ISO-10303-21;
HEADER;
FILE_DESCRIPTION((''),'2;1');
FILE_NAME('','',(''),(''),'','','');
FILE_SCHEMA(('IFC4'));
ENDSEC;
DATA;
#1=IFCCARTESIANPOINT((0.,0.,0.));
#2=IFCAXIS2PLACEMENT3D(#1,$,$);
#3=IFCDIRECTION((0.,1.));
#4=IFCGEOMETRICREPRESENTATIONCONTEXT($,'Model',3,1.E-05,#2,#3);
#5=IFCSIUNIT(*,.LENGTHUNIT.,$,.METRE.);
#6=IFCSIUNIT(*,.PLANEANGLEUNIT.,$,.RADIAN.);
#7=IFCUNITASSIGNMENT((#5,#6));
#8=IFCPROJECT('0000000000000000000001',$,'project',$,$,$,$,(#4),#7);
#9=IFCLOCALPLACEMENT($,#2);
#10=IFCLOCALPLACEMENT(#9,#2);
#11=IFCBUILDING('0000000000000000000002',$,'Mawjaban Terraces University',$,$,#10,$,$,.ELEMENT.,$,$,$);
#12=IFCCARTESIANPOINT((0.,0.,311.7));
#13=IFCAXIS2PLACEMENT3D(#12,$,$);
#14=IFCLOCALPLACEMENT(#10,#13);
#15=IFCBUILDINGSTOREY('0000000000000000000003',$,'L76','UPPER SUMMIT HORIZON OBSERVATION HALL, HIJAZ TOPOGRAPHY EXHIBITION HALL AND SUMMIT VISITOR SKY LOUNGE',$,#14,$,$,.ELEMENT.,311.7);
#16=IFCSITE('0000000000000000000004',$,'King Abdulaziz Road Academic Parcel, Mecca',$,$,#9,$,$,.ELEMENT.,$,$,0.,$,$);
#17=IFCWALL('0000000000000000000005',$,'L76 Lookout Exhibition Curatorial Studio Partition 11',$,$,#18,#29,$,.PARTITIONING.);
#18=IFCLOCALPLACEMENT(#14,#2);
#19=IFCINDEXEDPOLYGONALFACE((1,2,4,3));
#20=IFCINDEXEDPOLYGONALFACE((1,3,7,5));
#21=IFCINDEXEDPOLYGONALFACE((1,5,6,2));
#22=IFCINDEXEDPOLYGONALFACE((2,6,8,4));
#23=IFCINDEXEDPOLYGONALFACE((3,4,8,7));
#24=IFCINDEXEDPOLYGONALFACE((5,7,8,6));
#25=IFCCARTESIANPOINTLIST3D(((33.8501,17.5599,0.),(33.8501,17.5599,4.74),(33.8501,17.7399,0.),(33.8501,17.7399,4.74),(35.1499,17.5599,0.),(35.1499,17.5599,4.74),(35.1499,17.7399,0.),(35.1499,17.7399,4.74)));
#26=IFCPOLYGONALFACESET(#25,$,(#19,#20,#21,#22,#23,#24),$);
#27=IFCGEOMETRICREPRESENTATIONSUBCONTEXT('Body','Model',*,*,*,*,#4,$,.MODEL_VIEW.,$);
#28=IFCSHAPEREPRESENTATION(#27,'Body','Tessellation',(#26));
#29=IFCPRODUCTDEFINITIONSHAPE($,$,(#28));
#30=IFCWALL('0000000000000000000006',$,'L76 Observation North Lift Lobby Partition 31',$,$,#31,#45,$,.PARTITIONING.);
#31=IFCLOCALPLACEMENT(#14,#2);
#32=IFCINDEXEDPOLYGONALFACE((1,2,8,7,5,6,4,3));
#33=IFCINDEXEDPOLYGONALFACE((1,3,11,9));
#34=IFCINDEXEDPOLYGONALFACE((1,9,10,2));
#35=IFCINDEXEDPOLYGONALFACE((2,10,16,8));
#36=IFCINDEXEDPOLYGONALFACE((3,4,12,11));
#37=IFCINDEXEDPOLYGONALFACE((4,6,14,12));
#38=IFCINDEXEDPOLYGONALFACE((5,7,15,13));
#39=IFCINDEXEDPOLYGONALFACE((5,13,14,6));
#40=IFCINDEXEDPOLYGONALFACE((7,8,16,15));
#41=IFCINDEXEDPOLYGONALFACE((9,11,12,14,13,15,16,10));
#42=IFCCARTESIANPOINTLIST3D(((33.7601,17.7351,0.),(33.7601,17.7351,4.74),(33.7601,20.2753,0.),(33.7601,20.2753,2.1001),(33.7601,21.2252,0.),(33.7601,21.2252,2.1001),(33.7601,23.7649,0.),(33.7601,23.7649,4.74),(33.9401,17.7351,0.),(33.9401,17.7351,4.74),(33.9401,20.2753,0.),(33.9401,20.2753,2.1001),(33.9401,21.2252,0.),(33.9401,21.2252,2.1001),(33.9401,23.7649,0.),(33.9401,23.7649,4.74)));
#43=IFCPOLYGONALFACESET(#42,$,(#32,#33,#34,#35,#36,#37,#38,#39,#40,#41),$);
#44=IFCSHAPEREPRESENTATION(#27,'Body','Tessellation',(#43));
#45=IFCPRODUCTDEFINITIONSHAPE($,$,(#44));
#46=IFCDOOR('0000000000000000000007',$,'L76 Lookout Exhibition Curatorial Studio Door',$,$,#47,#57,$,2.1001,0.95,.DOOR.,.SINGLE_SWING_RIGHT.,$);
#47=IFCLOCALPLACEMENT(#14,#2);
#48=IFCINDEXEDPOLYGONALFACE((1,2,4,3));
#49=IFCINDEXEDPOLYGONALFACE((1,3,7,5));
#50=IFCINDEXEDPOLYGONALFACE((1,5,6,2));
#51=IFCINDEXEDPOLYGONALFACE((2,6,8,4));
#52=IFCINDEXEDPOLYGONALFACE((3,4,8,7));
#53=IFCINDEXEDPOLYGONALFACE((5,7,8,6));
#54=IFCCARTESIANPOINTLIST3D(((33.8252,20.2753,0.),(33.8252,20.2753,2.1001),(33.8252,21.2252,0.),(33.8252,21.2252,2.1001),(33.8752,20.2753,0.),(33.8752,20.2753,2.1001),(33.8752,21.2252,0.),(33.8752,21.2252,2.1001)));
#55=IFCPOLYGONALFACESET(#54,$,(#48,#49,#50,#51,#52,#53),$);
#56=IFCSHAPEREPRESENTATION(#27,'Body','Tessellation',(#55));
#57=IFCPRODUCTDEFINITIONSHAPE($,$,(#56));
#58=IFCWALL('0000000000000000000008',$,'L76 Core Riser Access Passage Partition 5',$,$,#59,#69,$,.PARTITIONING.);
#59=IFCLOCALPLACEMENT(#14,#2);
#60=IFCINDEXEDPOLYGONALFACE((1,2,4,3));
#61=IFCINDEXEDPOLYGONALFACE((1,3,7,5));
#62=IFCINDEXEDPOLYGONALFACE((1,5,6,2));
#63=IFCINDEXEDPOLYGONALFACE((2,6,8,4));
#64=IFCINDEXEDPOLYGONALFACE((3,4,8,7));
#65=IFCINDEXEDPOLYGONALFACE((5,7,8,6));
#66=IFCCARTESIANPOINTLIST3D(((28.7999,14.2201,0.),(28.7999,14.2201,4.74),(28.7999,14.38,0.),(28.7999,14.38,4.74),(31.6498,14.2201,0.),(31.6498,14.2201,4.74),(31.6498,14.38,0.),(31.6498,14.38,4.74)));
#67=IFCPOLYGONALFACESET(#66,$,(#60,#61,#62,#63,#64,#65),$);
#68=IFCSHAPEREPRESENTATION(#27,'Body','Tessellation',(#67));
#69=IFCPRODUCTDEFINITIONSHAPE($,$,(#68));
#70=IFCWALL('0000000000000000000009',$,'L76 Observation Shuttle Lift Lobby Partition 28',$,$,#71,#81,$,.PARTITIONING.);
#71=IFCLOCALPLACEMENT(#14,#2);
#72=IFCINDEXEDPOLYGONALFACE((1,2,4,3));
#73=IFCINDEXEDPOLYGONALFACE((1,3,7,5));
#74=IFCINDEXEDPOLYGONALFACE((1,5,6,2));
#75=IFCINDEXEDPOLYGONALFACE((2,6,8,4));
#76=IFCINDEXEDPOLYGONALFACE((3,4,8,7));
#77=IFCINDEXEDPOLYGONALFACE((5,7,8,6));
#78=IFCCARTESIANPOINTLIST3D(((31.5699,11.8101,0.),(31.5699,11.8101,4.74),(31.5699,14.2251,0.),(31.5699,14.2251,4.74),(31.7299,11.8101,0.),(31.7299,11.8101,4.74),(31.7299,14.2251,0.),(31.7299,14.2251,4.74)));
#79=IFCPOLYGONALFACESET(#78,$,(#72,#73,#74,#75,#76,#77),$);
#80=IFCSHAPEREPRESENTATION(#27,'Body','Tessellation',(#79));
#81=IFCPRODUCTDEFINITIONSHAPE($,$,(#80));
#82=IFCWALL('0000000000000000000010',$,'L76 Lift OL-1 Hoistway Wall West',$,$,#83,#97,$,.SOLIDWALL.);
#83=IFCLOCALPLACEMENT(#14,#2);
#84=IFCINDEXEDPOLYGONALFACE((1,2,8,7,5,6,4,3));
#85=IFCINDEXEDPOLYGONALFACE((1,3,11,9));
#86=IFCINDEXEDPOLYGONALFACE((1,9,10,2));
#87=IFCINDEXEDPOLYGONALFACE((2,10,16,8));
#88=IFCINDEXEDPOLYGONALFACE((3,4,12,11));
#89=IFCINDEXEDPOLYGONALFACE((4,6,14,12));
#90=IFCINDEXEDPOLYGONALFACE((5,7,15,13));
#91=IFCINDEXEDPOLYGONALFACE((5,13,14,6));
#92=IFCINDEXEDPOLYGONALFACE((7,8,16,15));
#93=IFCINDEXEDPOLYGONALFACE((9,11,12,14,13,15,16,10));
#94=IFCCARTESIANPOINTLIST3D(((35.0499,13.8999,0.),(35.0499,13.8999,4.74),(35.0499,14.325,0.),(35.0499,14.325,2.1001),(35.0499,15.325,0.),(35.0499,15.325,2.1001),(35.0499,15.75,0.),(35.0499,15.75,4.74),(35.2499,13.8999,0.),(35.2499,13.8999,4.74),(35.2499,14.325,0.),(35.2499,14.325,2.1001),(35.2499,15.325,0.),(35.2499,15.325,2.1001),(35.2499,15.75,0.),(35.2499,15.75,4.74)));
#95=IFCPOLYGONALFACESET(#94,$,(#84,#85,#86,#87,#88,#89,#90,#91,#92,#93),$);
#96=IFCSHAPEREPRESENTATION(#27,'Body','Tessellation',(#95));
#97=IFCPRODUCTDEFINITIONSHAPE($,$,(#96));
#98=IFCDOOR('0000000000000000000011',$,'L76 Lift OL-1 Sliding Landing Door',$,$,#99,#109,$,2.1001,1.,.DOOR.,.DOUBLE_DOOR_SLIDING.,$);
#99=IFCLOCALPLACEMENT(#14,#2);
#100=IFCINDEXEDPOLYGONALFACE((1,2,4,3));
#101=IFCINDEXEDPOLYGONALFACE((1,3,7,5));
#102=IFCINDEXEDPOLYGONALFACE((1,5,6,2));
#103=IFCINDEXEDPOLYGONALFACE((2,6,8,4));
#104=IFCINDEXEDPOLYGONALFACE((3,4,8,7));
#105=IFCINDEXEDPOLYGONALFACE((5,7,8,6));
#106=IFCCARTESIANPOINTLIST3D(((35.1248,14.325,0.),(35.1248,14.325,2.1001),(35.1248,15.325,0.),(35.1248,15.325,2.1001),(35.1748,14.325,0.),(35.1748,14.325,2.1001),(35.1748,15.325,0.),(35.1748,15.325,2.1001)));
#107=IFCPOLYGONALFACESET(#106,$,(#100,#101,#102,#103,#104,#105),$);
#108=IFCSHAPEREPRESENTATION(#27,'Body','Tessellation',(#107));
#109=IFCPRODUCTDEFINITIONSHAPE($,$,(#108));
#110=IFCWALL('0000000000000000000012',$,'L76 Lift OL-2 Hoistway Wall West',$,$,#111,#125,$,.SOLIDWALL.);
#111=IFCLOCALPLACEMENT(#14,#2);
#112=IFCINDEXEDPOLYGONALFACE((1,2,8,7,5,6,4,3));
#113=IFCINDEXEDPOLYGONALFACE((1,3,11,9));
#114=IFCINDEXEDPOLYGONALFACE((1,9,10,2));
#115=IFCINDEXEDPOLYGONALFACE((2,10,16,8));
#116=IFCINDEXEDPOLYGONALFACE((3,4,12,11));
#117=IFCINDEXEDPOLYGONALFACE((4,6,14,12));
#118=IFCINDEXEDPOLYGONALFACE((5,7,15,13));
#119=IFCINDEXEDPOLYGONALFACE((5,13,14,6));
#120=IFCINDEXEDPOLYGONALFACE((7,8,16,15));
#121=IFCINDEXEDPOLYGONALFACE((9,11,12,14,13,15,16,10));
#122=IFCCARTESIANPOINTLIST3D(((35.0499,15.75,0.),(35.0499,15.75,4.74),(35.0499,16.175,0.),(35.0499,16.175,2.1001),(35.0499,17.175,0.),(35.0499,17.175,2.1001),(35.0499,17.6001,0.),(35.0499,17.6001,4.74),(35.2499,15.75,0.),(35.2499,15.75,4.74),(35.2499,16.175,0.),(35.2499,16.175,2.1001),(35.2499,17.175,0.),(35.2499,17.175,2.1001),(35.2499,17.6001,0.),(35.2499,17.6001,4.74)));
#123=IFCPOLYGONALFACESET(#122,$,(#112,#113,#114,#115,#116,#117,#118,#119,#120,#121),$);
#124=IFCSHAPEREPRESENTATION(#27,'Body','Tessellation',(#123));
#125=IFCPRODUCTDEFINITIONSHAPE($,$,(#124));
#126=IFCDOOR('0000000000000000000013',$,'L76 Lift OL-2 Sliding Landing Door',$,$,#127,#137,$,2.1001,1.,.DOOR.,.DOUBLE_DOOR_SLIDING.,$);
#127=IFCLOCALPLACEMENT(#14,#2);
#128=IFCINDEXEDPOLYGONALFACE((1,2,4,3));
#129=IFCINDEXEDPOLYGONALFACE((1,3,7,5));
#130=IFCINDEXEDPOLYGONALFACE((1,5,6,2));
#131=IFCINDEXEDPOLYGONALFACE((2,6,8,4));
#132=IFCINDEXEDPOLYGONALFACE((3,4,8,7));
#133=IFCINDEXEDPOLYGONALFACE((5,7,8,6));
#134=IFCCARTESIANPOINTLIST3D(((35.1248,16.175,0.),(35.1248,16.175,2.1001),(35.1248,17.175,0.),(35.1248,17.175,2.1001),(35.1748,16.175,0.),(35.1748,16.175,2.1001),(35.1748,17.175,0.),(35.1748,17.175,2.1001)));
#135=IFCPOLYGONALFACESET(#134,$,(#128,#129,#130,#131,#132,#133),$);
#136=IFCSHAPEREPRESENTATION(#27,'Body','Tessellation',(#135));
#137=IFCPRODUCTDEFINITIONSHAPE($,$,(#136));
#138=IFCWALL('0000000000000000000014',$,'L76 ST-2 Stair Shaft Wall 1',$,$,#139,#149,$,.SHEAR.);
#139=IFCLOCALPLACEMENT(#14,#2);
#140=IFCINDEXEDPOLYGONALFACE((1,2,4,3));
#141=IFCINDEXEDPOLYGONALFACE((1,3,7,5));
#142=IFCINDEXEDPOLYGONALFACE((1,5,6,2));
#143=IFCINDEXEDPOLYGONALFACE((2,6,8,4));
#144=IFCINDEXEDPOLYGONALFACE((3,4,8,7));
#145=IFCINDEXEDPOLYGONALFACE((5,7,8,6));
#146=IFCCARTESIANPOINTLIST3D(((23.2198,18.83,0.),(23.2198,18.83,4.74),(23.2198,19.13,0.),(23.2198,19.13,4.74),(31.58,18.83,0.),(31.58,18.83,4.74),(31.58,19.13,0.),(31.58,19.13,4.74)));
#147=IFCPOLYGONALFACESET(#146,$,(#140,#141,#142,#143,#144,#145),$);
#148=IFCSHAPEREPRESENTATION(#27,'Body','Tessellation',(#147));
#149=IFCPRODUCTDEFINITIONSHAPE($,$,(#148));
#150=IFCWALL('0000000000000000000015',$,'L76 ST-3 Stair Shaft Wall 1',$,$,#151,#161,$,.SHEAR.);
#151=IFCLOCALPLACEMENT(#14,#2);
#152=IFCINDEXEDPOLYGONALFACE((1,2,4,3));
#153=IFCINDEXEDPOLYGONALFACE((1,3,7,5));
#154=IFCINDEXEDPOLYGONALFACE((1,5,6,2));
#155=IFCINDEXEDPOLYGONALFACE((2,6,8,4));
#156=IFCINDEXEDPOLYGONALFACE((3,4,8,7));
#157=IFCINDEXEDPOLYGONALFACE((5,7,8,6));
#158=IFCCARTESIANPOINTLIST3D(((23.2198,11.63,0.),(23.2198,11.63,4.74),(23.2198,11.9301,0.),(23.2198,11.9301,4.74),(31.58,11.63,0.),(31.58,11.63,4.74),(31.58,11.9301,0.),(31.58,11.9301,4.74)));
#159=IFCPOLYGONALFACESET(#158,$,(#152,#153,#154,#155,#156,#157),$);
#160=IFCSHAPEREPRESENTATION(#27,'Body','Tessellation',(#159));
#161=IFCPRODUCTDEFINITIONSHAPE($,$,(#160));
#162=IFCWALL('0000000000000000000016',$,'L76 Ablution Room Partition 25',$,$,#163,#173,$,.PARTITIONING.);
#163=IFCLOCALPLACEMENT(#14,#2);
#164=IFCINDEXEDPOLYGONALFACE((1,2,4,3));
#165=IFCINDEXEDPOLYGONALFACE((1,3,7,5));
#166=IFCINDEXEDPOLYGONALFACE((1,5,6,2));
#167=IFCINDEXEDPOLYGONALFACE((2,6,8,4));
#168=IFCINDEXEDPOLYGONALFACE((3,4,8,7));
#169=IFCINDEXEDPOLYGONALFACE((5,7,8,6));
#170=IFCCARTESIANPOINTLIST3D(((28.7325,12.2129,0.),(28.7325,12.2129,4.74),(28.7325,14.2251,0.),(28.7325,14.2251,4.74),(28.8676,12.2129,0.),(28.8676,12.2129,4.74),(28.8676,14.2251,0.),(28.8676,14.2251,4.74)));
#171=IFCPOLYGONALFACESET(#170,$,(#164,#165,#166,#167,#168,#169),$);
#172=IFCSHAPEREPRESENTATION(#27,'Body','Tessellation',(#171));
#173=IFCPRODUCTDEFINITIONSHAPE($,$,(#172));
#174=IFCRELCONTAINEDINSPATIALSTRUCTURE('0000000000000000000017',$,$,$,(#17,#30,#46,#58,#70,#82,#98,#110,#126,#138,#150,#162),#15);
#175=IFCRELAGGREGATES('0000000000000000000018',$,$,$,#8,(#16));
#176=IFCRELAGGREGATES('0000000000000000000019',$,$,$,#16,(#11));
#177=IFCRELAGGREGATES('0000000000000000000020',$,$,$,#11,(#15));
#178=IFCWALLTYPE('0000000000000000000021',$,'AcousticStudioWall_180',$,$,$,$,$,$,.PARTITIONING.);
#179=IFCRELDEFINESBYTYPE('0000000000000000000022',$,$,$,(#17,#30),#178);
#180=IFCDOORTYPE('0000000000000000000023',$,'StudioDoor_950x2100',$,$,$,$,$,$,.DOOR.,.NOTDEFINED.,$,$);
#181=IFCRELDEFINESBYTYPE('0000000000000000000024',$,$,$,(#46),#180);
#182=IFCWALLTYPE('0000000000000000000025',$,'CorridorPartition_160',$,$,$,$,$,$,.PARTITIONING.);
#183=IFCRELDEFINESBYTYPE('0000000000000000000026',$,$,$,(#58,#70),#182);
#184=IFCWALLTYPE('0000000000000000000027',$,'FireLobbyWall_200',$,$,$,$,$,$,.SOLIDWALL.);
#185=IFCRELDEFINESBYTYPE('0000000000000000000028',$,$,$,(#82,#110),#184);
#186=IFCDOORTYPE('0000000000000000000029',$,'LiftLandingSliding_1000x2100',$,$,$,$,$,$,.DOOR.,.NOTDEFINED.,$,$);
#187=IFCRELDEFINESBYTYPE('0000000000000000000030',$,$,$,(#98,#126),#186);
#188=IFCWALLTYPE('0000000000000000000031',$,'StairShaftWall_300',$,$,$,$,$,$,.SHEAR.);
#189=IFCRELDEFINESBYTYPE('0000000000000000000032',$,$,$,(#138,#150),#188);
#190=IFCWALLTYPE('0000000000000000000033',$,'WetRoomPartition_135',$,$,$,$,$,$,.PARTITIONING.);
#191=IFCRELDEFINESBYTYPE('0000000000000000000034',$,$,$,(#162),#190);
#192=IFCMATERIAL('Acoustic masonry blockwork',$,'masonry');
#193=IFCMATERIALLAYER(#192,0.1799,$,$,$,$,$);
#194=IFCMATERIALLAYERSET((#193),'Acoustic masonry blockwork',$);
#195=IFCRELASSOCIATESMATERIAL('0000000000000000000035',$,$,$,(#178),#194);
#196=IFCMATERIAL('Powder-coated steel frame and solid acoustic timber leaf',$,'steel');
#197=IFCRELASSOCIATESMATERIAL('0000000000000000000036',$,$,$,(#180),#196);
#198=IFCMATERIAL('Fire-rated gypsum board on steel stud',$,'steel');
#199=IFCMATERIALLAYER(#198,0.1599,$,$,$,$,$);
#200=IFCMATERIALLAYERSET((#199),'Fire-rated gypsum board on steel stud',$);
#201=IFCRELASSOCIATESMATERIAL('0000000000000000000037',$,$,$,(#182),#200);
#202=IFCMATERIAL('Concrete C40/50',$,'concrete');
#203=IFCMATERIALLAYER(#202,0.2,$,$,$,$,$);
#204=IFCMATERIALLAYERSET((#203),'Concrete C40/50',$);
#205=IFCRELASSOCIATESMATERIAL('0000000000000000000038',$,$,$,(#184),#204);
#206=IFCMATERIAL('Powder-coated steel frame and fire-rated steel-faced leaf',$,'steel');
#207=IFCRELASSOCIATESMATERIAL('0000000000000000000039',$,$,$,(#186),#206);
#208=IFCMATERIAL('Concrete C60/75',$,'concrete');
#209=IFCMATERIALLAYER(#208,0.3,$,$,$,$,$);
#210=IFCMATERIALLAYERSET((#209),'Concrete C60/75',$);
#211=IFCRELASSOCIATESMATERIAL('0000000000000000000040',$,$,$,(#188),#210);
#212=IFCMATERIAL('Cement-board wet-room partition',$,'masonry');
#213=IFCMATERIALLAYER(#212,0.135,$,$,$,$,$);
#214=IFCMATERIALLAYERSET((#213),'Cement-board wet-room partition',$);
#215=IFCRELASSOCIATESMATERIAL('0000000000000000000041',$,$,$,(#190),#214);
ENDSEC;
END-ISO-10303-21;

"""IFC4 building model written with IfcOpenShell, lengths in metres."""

from ifc_helpers import new_model, si_unit, direction, frame, frame_2d, origin, place, context, subcontext, project, spatial, rectangle, extrude, material, layer, layer_set, type_object, element, fill, save


model = new_model("IFC4")

# Units and contexts
model_context = context("Model", 3, precision=1e-05, world=origin(), true_north=direction((0.0, 1.0)))
body_context = subcontext(model_context, "Body", "Model", "MODEL_VIEW")
ifc_project = project(units=[si_unit("LENGTHUNIT", "METRE"), si_unit("PLANEANGLEUNIT", "RADIAN")], contexts=[model_context])

# Site, building, storey
site_placement = place(None, origin())
site = spatial("IfcSite", under=ifc_project, at=site_placement, Name="King Abdulaziz Road Academic Parcel, Mecca", CompositionType="ELEMENT", RefElevation=0.0)
building_placement = place(site_placement, origin())
building = spatial("IfcBuilding", under=site, at=building_placement, Name="Mawjaban Terraces University", CompositionType="ELEMENT")
storey_placement = place(building_placement, frame((0.0, 0.0, 311.7)))
storey = spatial("IfcBuildingStorey", under=building, at=storey_placement, Name="L76", Description="UPPER SUMMIT HORIZON OBSERVATION HALL, HIJAZ TOPOGRAPHY EXHIBITION HALL AND SUMMIT VISITOR SKY LOUNGE", CompositionType="ELEMENT", Elevation=311.7)

# Wall
ifc_material_1 = material(Name="Acoustic masonry blockwork", Category="masonry")
ifc_layer_1 = layer(ifc_material_1, 0.1799)
ifc_layer_set_1 = layer_set([ifc_layer_1], Name="Acoustic masonry blockwork")
wall_type_1 = type_object("IfcWallType", Name="AcousticStudioWall_180", PredefinedType="PARTITIONING", material=ifc_layer_set_1)
wall_1_placement = place(storey_placement, frame((33.8501, 17.6499, 0.0), z_axis=(0.0, 0.0, 1.0), x_axis=(1.0, 0.0, 0.0)))
element("IfcWall", 1, at=wall_1_placement, inside=storey, type_object=wall_type_1, Name="L76 Lookout Exhibition Curatorial Studio Partition 11", PredefinedType="PARTITIONING", context=body_context, shape_type="SweptSolid", body=[
    extrude(rectangle(XDim=1.2998, YDim=0.1799, at=frame_2d((0.6499, 0.0))), origin(), (0.0, 0.0, 1.0), 4.74),
])

# Wall, opening, door
wall_2_placement = place(storey_placement, frame((33.8501, 17.7351, 0.0), z_axis=(0.0, 0.0, 1.0), x_axis=(0.0, 1.0, 0.0)))
wall_2 = element("IfcWall", 2, at=wall_2_placement, inside=storey, type_object=wall_type_1, Name="L76 Observation North Lift Lobby Partition 31", PredefinedType="PARTITIONING", context=body_context, shape_type="SweptSolid", body=[
    extrude(rectangle(XDim=6.0298, YDim=0.1799, at=frame_2d((3.0149, 0.0))), origin(), (0.0, 0.0, 1.0), 4.74),
])
opening_1_placement = place(wall_2_placement, frame((2.54, 0.0, 0.0)))
opening_1 = element("IfcOpeningElement", 3, at=opening_1_placement, cuts=wall_2, PredefinedType="OPENING", context=body_context, shape_type="SweptSolid", body=[
    extrude(rectangle(XDim=0.95, YDim=2.1001, at=frame_2d((0.4751, 1.05))), frame((0.0, 0.0999, 0.0), z_axis=(0.0, -1.0, 0.0), x_axis=(1.0, 0.0, 0.0)), (0.0, 0.0, 1.0), 0.2),
])
ifc_material_2 = material(Name="Powder-coated steel frame and solid acoustic timber leaf", Category="steel")
door_type_1 = type_object("IfcDoorType", Name="StudioDoor_950x2100", OperationType="NOTDEFINED", PredefinedType="DOOR", material=ifc_material_2)
door_1_placement = place(opening_1_placement, origin())
door_1 = element("IfcDoor", 4, at=door_1_placement, inside=storey, type_object=door_type_1, Name="L76 Lookout Exhibition Curatorial Studio Door", OperationType="SINGLE_SWING_RIGHT", OverallHeight=2.1001, OverallWidth=0.95, PredefinedType="DOOR", context=body_context, shape_type="SweptSolid", body=[
    extrude(rectangle(XDim=0.95, YDim=2.1001, at=frame_2d((0.4751, 1.05))), frame((0.0, 0.0249, 0.0), z_axis=(0.0, -1.0, 0.0), x_axis=(1.0, 0.0, 0.0)), (0.0, 0.0, 1.0), 0.05),
])
fill(opening_1, door_1)

# Walls
ifc_material_3 = material(Name="Fire-rated gypsum board on steel stud", Category="steel")
ifc_layer_2 = layer(ifc_material_3, 0.1599)
ifc_layer_set_2 = layer_set([ifc_layer_2], Name="Fire-rated gypsum board on steel stud")
wall_type_2 = type_object("IfcWallType", Name="CorridorPartition_160", PredefinedType="PARTITIONING", material=ifc_layer_set_2)
wall_3_placement = place(storey_placement, frame((28.8, 14.3, 0.0), z_axis=(0.0, 0.0, 1.0), x_axis=(1.0, 0.0, 0.0)))
element("IfcWall", 5, at=wall_3_placement, inside=storey, type_object=wall_type_2, Name="L76 Core Riser Access Passage Partition 5", PredefinedType="PARTITIONING", context=body_context, shape_type="SweptSolid", body=[
    extrude(rectangle(XDim=2.8499, YDim=0.1599, at=frame_2d((1.4248, 0.0))), origin(), (0.0, 0.0, 1.0), 4.74),
])
wall_4_placement = place(storey_placement, frame((31.6499, 14.2251, 0.0), z_axis=(0.0, 0.0, 1.0), x_axis=(0.0, -1.0, 0.0)))
element("IfcWall", 6, at=wall_4_placement, inside=storey, type_object=wall_type_2, Name="L76 Observation Shuttle Lift Lobby Partition 28", PredefinedType="PARTITIONING", context=body_context, shape_type="SweptSolid", body=[
    extrude(rectangle(XDim=2.415, YDim=0.1599, at=frame_2d((1.2075, 0.0))), origin(), (0.0, 0.0, 1.0), 4.74),
])

# Walls, openings, doors
ifc_material_4 = material(Name="Concrete C40/50", Category="concrete")
ifc_layer_3 = layer(ifc_material_4, 0.2)
ifc_layer_set_3 = layer_set([ifc_layer_3], Name="Concrete C40/50")
wall_type_3 = type_object("IfcWallType", Name="FireLobbyWall_200", PredefinedType="SOLIDWALL", material=ifc_layer_set_3)
wall_5_placement = place(storey_placement, frame((35.1499, 15.75, 0.0), z_axis=(0.0, 0.0, 1.0), x_axis=(0.0, -1.0, 0.0)))
wall_5 = element("IfcWall", 7, at=wall_5_placement, inside=storey, type_object=wall_type_3, Name="L76 Lift OL-1 Hoistway Wall West", PredefinedType="SOLIDWALL", context=body_context, shape_type="SweptSolid", body=[
    extrude(rectangle(XDim=1.8501, YDim=0.2, at=frame_2d((0.925, 0.0))), origin(), (0.0, 0.0, 1.0), 4.74),
])
opening_2_placement = place(wall_5_placement, frame((0.425, 0.0, 0.0)))
opening_2 = element("IfcOpeningElement", 8, at=opening_2_placement, cuts=wall_5, PredefinedType="OPENING", context=body_context, shape_type="SweptSolid", body=[
    extrude(rectangle(XDim=1.0, YDim=2.1001, at=frame_2d((0.5, 1.05))), frame((0.0, 0.1099, 0.0), z_axis=(0.0, -1.0, 0.0), x_axis=(1.0, 0.0, 0.0)), (0.0, 0.0, 1.0), 0.22),
])
ifc_material_5 = material(Name="Powder-coated steel frame and fire-rated steel-faced leaf", Category="steel")
door_type_2 = type_object("IfcDoorType", Name="LiftLandingSliding_1000x2100", OperationType="NOTDEFINED", PredefinedType="DOOR", material=ifc_material_5)
door_2_placement = place(opening_2_placement, origin())
door_2 = element("IfcDoor", 9, at=door_2_placement, inside=storey, type_object=door_type_2, Name="L76 Lift OL-1 Sliding Landing Door", OperationType="DOUBLE_DOOR_SLIDING", OverallHeight=2.1001, OverallWidth=1.0, PredefinedType="DOOR", context=body_context, shape_type="SweptSolid", body=[
    extrude(rectangle(XDim=1.0, YDim=2.1001, at=frame_2d((0.5, 1.05))), frame((0.0, 0.0249, 0.0), z_axis=(0.0, -1.0, 0.0), x_axis=(1.0, 0.0, 0.0)), (0.0, 0.0, 1.0), 0.05),
])
fill(opening_2, door_2)
wall_6_placement = place(storey_placement, frame((35.1499, 17.6001, 0.0), z_axis=(0.0, 0.0, 1.0), x_axis=(0.0, -1.0, 0.0)))
wall_6 = element("IfcWall", 10, at=wall_6_placement, inside=storey, type_object=wall_type_3, Name="L76 Lift OL-2 Hoistway Wall West", PredefinedType="SOLIDWALL", context=body_context, shape_type="SweptSolid", body=[
    extrude(rectangle(XDim=1.8501, YDim=0.2, at=frame_2d((0.925, 0.0))), origin(), (0.0, 0.0, 1.0), 4.74),
])
opening_3_placement = place(wall_6_placement, frame((0.425, 0.0, 0.0)))
opening_3 = element("IfcOpeningElement", 11, at=opening_3_placement, cuts=wall_6, PredefinedType="OPENING", context=body_context, shape_type="SweptSolid", body=[
    extrude(rectangle(XDim=1.0, YDim=2.1001, at=frame_2d((0.5, 1.05))), frame((0.0, 0.1099, 0.0), z_axis=(0.0, -1.0, 0.0), x_axis=(1.0, 0.0, 0.0)), (0.0, 0.0, 1.0), 0.22),
])
door_3_placement = place(opening_3_placement, origin())
door_3 = element("IfcDoor", 12, at=door_3_placement, inside=storey, type_object=door_type_2, Name="L76 Lift OL-2 Sliding Landing Door", OperationType="DOUBLE_DOOR_SLIDING", OverallHeight=2.1001, OverallWidth=1.0, PredefinedType="DOOR", context=body_context, shape_type="SweptSolid", body=[
    extrude(rectangle(XDim=1.0, YDim=2.1001, at=frame_2d((0.5, 1.05))), frame((0.0, 0.0249, 0.0), z_axis=(0.0, -1.0, 0.0), x_axis=(1.0, 0.0, 0.0)), (0.0, 0.0, 1.0), 0.05),
])
fill(opening_3, door_3)

# Wall
ifc_material_6 = material(Name="Concrete C60/75", Category="concrete")
ifc_layer_4 = layer(ifc_material_6, 0.3)
ifc_layer_set_4 = layer_set([ifc_layer_4], Name="Concrete C60/75")
wall_type_4 = type_object("IfcWallType", Name="StairShaftWall_300", PredefinedType="SHEAR", material=ifc_layer_set_4)
wall_7_placement = place(storey_placement, frame((31.5801, 18.98, 0.0), z_axis=(0.0, 0.0, 1.0), x_axis=(-1.0, 0.0, 0.0)))
element("IfcWall", 13, at=wall_7_placement, inside=storey, type_object=wall_type_4, Name="L76 ST-2 Stair Shaft Wall 1", PredefinedType="SHEAR", context=body_context, shape_type="SweptSolid", body=[
    extrude(rectangle(XDim=8.3601, YDim=0.3, at=frame_2d((4.1802, 0.0))), origin(), (0.0, 0.0, 1.0), 4.74),
])

# Walls
wall_8_placement = place(storey_placement, frame((31.5801, 11.78, 0.0), z_axis=(0.0, 0.0, 1.0), x_axis=(-1.0, 0.0, 0.0)))
element("IfcWall", 14, at=wall_8_placement, inside=storey, type_object=wall_type_4, Name="L76 ST-3 Stair Shaft Wall 1", PredefinedType="SHEAR", context=body_context, shape_type="SweptSolid", body=[
    extrude(rectangle(XDim=8.3601, YDim=0.3, at=frame_2d((4.1802, 0.0))), origin(), (0.0, 0.0, 1.0), 4.74),
])
ifc_material_7 = material(Name="Cement-board wet-room partition", Category="masonry")
ifc_layer_5 = layer(ifc_material_7, 0.135)
ifc_layer_set_5 = layer_set([ifc_layer_5], Name="Cement-board wet-room partition")
wall_type_5 = type_object("IfcWallType", Name="WetRoomPartition_135", PredefinedType="PARTITIONING", material=ifc_layer_set_5)
wall_9_placement = place(storey_placement, frame((28.8, 12.2129, 0.0), z_axis=(0.0, 0.0, 1.0), x_axis=(0.0, 1.0, 0.0)))
element("IfcWall", 15, at=wall_9_placement, inside=storey, type_object=wall_type_5, Name="L76 Ablution Room Partition 25", PredefinedType="PARTITIONING", context=body_context, shape_type="SweptSolid", body=[
    extrude(rectangle(XDim=2.0122, YDim=0.135, at=frame_2d((1.0061, 0.0))), origin(), (0.0, 0.0, 1.0), 4.74),
])

save(model, "model.ifc")
